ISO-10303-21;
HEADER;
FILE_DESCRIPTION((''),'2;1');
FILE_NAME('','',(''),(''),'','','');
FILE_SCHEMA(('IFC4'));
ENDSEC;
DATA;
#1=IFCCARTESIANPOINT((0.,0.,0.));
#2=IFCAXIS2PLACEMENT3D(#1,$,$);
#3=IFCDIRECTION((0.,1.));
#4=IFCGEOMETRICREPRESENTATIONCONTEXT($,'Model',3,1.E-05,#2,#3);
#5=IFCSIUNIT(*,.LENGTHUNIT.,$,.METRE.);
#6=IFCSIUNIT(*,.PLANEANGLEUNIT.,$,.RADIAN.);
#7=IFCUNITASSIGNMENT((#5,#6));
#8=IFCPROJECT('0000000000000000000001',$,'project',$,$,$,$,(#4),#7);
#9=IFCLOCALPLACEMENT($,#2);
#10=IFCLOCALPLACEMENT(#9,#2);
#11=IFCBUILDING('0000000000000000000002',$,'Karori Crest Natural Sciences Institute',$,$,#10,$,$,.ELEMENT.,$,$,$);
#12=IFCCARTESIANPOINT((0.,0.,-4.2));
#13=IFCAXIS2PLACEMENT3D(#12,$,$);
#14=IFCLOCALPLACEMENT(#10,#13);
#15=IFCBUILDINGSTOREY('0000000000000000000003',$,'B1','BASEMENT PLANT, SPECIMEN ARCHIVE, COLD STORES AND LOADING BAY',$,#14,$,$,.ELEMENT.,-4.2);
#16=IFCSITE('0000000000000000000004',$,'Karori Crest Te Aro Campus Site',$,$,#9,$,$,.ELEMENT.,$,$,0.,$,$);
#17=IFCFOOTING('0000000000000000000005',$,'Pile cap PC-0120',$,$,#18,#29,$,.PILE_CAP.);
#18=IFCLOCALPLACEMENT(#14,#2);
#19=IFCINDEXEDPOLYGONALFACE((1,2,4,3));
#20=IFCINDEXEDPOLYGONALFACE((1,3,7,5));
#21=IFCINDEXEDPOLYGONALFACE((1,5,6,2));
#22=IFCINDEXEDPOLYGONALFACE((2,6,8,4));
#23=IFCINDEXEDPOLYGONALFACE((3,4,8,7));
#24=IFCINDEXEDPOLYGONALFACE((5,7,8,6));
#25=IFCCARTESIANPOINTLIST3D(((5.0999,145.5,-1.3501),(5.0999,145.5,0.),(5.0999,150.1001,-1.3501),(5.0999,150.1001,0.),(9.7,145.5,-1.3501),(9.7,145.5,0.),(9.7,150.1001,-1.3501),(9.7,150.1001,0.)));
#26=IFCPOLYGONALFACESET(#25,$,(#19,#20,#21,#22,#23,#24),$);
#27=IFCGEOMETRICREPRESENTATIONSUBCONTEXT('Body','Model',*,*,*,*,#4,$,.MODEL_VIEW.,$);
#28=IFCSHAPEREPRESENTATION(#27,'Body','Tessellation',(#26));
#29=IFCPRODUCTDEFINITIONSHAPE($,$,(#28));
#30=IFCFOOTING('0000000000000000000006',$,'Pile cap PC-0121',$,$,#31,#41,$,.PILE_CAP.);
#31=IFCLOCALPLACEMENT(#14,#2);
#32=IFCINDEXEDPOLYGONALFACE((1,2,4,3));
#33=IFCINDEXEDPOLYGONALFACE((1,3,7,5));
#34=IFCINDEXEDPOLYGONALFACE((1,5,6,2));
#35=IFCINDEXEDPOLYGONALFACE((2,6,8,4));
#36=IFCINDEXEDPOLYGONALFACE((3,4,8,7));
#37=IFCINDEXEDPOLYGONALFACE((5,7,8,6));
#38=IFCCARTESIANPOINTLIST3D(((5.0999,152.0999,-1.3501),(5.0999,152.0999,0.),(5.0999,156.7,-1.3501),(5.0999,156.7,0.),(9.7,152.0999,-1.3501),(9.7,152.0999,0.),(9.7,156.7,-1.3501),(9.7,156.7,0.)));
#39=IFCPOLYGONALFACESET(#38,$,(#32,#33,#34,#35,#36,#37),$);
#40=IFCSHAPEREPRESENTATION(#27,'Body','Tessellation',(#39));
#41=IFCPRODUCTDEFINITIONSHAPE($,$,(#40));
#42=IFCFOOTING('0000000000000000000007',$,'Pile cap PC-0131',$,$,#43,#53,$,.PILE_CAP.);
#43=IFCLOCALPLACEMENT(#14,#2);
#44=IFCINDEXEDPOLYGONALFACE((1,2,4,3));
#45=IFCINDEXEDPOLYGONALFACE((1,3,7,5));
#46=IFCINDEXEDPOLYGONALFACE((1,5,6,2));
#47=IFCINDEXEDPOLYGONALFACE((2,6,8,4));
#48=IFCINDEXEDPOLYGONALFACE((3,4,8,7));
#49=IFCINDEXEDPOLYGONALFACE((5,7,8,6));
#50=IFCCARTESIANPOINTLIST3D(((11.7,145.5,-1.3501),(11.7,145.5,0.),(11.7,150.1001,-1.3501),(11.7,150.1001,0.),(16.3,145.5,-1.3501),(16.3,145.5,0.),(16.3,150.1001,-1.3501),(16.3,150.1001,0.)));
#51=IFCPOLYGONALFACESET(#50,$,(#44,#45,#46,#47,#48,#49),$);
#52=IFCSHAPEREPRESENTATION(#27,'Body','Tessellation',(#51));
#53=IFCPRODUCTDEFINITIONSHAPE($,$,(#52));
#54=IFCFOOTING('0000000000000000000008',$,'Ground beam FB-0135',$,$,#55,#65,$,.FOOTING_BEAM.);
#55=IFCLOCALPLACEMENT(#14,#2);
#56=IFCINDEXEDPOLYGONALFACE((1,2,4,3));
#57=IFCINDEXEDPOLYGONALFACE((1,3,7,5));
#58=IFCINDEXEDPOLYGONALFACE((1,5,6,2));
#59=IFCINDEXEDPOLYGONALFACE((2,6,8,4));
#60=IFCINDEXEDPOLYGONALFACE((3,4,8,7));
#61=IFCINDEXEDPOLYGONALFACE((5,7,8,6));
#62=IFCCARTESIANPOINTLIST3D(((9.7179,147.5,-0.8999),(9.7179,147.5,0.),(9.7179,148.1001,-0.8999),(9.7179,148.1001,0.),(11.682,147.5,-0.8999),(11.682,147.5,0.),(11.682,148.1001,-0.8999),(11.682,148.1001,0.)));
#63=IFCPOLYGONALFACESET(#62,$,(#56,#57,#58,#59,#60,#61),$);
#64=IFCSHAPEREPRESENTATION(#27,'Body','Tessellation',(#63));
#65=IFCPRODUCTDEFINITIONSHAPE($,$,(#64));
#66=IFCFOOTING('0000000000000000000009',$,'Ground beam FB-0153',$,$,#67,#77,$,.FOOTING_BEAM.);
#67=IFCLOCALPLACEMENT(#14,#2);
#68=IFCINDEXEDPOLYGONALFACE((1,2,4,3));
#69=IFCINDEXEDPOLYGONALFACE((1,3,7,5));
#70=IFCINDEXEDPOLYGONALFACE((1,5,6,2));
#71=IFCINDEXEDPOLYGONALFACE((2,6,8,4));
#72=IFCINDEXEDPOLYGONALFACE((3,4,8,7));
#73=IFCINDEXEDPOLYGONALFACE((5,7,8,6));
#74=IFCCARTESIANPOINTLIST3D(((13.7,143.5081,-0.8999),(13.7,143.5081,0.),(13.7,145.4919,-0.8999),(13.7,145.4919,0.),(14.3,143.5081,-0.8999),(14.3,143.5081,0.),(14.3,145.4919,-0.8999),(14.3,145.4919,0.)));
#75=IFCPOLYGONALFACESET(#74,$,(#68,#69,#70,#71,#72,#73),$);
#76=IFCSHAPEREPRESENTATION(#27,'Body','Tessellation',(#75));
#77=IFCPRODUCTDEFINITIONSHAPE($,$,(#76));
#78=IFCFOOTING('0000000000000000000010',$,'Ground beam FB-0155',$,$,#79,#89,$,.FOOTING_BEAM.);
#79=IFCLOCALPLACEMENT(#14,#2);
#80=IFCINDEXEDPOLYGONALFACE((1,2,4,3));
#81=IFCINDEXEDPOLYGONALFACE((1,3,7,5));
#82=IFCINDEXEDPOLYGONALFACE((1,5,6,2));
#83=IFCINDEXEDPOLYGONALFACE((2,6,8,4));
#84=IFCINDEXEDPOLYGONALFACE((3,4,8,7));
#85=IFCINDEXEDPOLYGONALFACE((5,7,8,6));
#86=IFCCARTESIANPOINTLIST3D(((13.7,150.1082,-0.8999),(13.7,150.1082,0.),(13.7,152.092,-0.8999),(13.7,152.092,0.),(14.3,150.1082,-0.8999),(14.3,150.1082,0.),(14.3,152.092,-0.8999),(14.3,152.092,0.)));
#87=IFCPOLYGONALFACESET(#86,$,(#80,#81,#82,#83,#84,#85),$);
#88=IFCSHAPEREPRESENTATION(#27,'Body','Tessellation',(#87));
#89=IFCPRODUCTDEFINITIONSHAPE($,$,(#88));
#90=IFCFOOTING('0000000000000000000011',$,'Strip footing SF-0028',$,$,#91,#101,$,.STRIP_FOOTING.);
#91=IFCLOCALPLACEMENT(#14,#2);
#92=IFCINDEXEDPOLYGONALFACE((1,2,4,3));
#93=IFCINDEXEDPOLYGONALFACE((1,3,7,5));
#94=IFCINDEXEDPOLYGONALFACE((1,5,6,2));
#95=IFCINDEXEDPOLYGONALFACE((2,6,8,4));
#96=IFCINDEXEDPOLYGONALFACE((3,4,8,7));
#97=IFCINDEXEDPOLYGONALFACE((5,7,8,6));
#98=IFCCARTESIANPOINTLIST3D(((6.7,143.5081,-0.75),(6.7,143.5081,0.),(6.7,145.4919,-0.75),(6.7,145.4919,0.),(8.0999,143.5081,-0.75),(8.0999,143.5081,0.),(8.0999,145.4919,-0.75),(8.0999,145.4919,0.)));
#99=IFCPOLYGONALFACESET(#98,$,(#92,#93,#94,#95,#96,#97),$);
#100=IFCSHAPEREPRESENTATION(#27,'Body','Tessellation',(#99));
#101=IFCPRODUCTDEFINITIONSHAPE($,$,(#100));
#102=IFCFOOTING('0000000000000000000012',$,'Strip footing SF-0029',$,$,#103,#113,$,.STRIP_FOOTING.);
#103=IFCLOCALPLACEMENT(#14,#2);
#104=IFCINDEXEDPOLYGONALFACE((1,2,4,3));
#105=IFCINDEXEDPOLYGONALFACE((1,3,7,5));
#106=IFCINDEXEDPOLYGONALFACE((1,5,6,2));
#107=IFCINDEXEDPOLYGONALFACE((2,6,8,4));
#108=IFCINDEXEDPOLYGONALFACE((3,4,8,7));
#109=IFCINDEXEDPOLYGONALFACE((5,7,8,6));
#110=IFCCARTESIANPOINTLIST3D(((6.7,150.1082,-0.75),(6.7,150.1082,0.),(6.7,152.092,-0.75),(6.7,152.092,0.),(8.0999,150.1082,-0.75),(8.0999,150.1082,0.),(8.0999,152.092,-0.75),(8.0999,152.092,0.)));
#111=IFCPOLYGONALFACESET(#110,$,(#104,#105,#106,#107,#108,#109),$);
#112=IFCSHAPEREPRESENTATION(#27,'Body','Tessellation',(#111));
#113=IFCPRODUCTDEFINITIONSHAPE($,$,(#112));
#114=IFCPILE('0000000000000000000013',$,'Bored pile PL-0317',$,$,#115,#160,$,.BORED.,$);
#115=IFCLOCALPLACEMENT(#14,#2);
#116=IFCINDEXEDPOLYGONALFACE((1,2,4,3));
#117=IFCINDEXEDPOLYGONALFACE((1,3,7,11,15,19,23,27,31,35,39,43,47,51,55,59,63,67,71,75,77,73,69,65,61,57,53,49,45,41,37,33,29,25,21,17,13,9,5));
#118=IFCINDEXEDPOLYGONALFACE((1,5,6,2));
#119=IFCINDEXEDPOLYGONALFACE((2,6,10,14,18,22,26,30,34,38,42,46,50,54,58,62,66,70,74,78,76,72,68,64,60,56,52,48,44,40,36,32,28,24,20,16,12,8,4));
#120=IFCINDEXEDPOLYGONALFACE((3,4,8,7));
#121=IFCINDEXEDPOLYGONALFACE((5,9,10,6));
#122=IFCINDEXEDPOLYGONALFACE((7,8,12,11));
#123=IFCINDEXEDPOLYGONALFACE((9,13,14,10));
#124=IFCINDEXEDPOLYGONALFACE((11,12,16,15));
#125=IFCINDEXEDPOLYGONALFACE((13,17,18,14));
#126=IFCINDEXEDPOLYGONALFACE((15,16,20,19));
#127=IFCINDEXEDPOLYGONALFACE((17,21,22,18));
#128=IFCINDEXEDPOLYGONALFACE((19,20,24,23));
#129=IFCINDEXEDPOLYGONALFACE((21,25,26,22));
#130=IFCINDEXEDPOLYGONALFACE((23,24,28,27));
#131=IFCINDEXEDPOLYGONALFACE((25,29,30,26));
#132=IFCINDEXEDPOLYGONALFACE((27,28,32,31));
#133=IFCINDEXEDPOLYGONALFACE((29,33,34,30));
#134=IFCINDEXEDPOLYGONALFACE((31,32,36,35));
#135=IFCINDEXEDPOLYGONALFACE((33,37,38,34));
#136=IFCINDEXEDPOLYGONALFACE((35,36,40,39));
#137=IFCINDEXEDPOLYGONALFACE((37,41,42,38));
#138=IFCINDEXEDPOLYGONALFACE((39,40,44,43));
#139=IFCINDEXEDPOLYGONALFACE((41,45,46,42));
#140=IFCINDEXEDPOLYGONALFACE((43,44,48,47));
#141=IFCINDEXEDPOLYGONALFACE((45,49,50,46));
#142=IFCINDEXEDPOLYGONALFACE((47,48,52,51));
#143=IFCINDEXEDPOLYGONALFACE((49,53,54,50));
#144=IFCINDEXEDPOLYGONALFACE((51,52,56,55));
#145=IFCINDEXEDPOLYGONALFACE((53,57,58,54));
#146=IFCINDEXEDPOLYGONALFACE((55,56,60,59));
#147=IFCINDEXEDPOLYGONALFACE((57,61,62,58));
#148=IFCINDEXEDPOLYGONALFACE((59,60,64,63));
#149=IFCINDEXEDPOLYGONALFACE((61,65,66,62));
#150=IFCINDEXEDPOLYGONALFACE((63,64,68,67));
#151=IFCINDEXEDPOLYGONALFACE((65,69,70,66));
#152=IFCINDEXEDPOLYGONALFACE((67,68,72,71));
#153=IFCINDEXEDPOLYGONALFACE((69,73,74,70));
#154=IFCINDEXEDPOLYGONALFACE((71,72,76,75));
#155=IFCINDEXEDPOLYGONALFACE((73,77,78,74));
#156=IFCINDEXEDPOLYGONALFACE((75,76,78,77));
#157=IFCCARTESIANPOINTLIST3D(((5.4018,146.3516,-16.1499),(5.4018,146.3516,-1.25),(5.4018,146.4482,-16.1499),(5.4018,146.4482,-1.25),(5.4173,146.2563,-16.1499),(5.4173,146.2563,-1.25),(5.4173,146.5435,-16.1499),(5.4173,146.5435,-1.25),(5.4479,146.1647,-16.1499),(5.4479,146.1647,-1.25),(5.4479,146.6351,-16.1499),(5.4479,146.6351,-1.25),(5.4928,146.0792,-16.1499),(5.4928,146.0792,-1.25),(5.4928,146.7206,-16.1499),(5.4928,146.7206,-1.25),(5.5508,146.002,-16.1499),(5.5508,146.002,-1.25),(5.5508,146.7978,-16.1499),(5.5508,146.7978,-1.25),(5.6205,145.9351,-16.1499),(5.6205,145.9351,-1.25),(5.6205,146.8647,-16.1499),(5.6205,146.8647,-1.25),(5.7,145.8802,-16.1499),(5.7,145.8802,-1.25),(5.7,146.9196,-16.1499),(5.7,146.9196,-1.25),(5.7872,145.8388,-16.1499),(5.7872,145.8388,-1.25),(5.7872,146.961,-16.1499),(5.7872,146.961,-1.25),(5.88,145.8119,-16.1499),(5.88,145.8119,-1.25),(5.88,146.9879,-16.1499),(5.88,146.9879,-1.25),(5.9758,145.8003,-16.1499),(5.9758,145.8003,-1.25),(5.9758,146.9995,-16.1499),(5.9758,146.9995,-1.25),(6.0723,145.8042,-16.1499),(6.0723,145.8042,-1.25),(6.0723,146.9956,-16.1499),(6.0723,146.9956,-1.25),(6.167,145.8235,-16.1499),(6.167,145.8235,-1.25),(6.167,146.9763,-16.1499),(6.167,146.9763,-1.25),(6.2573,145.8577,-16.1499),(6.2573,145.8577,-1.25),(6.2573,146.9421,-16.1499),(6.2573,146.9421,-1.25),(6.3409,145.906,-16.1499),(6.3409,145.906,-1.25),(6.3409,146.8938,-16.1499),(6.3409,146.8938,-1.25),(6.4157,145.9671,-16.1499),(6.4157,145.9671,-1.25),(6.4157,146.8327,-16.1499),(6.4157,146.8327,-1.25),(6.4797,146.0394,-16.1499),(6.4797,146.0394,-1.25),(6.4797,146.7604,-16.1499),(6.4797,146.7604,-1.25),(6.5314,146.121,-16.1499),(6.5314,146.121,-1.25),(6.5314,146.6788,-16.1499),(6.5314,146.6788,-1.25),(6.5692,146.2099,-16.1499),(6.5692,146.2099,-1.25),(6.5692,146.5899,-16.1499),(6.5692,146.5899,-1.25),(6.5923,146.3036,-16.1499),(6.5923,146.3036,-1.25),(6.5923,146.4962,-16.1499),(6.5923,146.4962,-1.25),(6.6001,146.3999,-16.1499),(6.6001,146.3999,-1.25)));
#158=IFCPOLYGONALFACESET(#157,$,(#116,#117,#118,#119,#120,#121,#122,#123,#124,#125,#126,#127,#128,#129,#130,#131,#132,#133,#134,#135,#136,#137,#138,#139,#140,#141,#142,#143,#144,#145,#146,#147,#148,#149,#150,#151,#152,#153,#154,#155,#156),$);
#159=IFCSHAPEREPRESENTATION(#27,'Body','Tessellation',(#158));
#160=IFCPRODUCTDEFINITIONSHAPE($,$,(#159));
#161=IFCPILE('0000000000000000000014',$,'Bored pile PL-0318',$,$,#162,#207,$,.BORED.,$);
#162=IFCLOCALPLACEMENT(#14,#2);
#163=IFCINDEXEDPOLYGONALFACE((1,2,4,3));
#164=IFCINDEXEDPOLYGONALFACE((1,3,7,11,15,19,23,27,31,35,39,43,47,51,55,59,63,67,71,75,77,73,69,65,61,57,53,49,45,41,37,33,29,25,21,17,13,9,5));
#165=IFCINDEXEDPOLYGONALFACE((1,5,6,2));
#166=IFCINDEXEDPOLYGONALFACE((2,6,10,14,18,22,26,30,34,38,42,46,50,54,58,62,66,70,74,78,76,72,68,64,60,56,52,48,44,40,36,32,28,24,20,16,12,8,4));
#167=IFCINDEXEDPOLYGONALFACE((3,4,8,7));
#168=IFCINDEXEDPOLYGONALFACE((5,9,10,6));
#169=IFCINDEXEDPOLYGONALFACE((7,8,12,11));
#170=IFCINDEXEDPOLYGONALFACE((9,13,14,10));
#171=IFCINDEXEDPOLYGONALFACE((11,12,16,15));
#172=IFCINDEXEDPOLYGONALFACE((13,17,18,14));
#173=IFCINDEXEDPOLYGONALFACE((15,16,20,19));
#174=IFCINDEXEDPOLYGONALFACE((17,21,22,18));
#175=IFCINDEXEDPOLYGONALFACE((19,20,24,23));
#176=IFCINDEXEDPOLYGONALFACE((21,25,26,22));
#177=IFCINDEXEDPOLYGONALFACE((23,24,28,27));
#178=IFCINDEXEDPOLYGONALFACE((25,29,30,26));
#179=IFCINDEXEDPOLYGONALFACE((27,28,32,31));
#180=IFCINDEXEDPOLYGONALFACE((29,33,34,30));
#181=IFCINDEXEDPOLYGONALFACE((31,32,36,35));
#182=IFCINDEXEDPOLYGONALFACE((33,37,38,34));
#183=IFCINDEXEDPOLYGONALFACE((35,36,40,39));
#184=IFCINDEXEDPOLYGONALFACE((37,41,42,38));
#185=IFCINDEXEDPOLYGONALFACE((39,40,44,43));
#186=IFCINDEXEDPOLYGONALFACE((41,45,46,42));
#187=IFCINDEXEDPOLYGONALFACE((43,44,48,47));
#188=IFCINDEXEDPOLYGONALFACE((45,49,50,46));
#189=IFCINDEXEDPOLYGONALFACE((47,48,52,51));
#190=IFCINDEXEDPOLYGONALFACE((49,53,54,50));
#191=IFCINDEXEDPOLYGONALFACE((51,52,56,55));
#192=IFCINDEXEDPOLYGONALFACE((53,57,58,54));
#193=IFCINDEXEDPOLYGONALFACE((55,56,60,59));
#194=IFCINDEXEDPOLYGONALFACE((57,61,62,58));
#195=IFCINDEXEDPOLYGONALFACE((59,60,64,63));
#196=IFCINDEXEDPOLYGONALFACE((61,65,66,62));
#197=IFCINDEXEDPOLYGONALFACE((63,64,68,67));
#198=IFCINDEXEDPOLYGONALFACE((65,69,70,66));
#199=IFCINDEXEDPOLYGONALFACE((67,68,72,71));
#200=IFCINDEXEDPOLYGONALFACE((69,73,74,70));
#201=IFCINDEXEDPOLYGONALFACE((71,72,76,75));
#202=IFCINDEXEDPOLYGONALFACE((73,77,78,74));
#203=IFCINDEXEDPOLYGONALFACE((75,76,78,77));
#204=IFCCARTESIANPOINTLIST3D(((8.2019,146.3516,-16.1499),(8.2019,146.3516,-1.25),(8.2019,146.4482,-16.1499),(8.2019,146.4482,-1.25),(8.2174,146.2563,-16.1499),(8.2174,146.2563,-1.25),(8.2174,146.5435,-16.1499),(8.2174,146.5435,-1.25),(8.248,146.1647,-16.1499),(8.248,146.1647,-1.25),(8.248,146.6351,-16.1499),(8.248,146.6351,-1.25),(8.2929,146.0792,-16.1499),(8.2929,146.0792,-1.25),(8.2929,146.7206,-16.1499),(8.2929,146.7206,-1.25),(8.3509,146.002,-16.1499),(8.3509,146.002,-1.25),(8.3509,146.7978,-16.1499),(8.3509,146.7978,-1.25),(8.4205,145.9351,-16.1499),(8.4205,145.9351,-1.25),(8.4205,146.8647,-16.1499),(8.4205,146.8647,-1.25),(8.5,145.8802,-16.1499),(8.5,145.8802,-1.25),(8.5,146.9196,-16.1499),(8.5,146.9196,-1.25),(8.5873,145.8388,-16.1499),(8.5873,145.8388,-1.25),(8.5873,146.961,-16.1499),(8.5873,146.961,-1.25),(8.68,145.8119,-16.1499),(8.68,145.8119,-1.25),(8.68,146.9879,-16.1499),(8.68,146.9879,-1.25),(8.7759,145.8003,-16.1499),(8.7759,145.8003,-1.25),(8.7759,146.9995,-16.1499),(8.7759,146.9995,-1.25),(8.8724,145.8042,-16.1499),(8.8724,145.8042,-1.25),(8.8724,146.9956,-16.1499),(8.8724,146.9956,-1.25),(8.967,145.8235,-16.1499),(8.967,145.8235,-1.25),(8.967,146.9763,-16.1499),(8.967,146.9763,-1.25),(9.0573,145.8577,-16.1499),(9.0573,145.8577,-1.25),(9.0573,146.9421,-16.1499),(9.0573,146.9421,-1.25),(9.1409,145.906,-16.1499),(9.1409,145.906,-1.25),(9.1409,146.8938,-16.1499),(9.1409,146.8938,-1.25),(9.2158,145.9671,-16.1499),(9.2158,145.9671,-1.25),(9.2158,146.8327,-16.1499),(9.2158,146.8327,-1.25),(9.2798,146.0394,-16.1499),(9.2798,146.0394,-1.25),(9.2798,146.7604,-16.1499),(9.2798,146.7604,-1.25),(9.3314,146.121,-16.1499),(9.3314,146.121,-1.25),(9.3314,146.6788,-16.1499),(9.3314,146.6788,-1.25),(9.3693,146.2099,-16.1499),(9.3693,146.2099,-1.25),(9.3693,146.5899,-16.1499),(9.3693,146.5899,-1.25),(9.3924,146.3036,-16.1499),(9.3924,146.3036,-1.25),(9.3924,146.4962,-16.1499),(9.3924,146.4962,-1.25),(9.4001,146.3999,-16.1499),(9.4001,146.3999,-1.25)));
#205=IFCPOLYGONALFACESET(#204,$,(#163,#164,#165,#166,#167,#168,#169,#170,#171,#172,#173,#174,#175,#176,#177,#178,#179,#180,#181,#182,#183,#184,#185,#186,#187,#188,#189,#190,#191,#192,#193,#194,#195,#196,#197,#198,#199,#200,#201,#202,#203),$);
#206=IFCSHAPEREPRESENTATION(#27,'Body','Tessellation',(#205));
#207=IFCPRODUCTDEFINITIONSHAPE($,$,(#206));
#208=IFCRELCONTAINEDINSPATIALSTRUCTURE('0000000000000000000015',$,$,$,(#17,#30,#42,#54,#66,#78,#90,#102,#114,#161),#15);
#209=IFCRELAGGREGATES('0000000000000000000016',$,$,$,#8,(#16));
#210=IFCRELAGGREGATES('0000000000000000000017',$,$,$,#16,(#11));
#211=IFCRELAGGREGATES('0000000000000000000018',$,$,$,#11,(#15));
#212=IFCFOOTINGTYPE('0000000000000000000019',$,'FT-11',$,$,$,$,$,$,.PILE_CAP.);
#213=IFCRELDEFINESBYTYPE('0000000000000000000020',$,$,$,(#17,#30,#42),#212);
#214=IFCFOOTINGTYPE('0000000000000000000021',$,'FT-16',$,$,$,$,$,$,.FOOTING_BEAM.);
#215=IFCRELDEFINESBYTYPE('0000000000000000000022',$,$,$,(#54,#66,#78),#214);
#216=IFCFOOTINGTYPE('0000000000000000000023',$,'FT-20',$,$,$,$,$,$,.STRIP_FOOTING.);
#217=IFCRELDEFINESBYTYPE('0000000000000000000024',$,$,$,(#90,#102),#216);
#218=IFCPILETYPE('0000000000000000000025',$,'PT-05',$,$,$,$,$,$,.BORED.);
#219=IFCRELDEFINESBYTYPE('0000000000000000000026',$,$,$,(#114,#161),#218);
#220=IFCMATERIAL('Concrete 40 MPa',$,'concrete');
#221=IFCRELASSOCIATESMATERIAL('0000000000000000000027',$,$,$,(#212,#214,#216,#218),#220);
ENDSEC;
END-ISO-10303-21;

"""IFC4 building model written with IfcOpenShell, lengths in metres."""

from ifc_helpers import new_model, si_unit, direction, frame, origin, origin_2d, place, context, subcontext, project, spatial, rectangle, circle, extrude, material, material_profile, profile_set, type_object, element, save


model = new_model("IFC4")

# Units and contexts
model_context = context("Model", 3, precision=1e-05, world=origin(), true_north=direction((0.0, 1.0)))
body_context = subcontext(model_context, "Body", "Model", "MODEL_VIEW")
ifc_project = project(units=[si_unit("LENGTHUNIT", "METRE"), si_unit("PLANEANGLEUNIT", "RADIAN")], contexts=[model_context])

# Site, building, storey
site_placement = place(None, origin())
site = spatial("IfcSite", under=ifc_project, at=site_placement, Name="Karori Crest Te Aro Campus Site", CompositionType="ELEMENT", RefElevation=0.0)
building_placement = place(site_placement, origin())
building = spatial("IfcBuilding", under=site, at=building_placement, Name="Karori Crest Natural Sciences Institute", CompositionType="ELEMENT")
storey_placement = place(building_placement, frame((0.0, 0.0, -4.2)))
storey = spatial("IfcBuildingStorey", under=building, at=storey_placement, Name="B1", Description="BASEMENT PLANT, SPECIMEN ARCHIVE, COLD STORES AND LOADING BAY", CompositionType="ELEMENT", Elevation=-4.2)

# Footings
ifc_material_1 = material(Name="Concrete 40 MPa", Category="concrete")
footing_type_1 = type_object("IfcFootingType", Name="FT-11", PredefinedType="PILE_CAP", material=ifc_material_1)
for number, where, z_axis, x_axis, name in (
    (1, (7.3999, 147.8, -1.3501), (0.0, 0.0, 1.0), (1.0, 0.0, 0.0), "Pile cap PC-0120"),
    (2, (7.3999, 154.3999, -1.3501), (0.0, 0.0, 1.0), (1.0, 0.0, 0.0), "Pile cap PC-0121"),
    (3, (14.0, 147.8, -1.3501), (0.0, 0.0, 1.0), (1.0, 0.0, 0.0), "Pile cap PC-0131"),
):
    element("IfcFooting", number, at=place(storey_placement, frame(where, z_axis=z_axis, x_axis=x_axis)), inside=storey, type_object=footing_type_1, Name=name, PredefinedType="PILE_CAP", context=body_context, shape_type="SweptSolid", body=[
        extrude(rectangle(XDim=4.6001, YDim=4.6001, at=origin_2d()), origin(), (0.0, 0.0, 1.0), 1.3501),
    ])
footing_type_2 = type_object("IfcFootingType", Name="FT-16", PredefinedType="FOOTING_BEAM", material=ifc_material_1)
footing_placement = place(storey_placement, frame((10.7, 147.8, -0.8999), z_axis=(0.0, 0.0, 1.0), x_axis=(1.0, 0.0, 0.0)))
element("IfcFooting", 4, at=footing_placement, inside=storey, type_object=footing_type_2, Name="Ground beam FB-0135", PredefinedType="FOOTING_BEAM", context=body_context, shape_type="SweptSolid", body=[
    extrude(rectangle(XDim=1.9641, YDim=0.6001, at=origin_2d()), origin(), (0.0, 0.0, 1.0), 0.8999),
])
for number, where, z_axis, x_axis, name in (
    (5, (14.0, 144.5, -0.8999), (0.0, 0.0, 1.0), (0.0, 1.0, 0.0), "Ground beam FB-0153"),
    (6, (14.0, 151.1001, -0.8999), (0.0, 0.0, 1.0), (0.0, 1.0, 0.0), "Ground beam FB-0155"),
):
    element("IfcFooting", number, at=place(storey_placement, frame(where, z_axis=z_axis, x_axis=x_axis)), inside=storey, type_object=footing_type_2, Name=name, PredefinedType="FOOTING_BEAM", context=body_context, shape_type="SweptSolid", body=[
        extrude(rectangle(XDim=1.9839, YDim=0.6001, at=origin_2d()), origin(), (0.0, 0.0, 1.0), 0.8999),
    ])
footing_type_3 = type_object("IfcFootingType", Name="FT-20", PredefinedType="STRIP_FOOTING", material=ifc_material_1)
for number, where, z_axis, x_axis, name in (
    (7, (7.3999, 144.5, -0.75), (0.0, 0.0, 1.0), (0.0, 1.0, 0.0), "Strip footing SF-0028"),
    (8, (7.3999, 151.1001, -0.75), (0.0, 0.0, 1.0), (0.0, 1.0, 0.0), "Strip footing SF-0029"),
):
    element("IfcFooting", number, at=place(storey_placement, frame(where, z_axis=z_axis, x_axis=x_axis)), inside=storey, type_object=footing_type_3, Name=name, PredefinedType="STRIP_FOOTING", context=body_context, shape_type="SweptSolid", body=[
        extrude(rectangle(XDim=1.9839, YDim=1.3999, at=origin_2d()), origin(), (0.0, 0.0, 1.0), 0.75),
    ])

# Piles
ifc_material_profile_1 = material_profile(ifc_material_1, circle(Radius=0.6001, at=origin_2d()), Name="PILE1200")
ifc_profile_set_1 = profile_set([ifc_material_profile_1], Name="Concrete 40 MPa")
pile_type = type_object("IfcPileType", Name="PT-05", PredefinedType="BORED", material=ifc_profile_set_1)
for number, where, z_axis, x_axis, name in (
    (9, (6.0, 146.3999, -1.25), (0.0, 0.0, -1.0), (1.0, 0.0, 0.0), "Bored pile PL-0317"),
    (10, (8.8, 146.3999, -1.25), (0.0, 0.0, -1.0), (1.0, 0.0, 0.0), "Bored pile PL-0318"),
):
    element("IfcPile", number, at=place(storey_placement, frame(where, z_axis=z_axis, x_axis=x_axis)), inside=storey, type_object=pile_type, Name=name, PredefinedType="BORED", context=body_context, shape_type="SweptSolid", body=[
        extrude(circle(Radius=0.6001, at=origin_2d()), origin(), (0.0, 0.0, 1.0), 14.8999),
    ])

save(model, "model.ifc")
